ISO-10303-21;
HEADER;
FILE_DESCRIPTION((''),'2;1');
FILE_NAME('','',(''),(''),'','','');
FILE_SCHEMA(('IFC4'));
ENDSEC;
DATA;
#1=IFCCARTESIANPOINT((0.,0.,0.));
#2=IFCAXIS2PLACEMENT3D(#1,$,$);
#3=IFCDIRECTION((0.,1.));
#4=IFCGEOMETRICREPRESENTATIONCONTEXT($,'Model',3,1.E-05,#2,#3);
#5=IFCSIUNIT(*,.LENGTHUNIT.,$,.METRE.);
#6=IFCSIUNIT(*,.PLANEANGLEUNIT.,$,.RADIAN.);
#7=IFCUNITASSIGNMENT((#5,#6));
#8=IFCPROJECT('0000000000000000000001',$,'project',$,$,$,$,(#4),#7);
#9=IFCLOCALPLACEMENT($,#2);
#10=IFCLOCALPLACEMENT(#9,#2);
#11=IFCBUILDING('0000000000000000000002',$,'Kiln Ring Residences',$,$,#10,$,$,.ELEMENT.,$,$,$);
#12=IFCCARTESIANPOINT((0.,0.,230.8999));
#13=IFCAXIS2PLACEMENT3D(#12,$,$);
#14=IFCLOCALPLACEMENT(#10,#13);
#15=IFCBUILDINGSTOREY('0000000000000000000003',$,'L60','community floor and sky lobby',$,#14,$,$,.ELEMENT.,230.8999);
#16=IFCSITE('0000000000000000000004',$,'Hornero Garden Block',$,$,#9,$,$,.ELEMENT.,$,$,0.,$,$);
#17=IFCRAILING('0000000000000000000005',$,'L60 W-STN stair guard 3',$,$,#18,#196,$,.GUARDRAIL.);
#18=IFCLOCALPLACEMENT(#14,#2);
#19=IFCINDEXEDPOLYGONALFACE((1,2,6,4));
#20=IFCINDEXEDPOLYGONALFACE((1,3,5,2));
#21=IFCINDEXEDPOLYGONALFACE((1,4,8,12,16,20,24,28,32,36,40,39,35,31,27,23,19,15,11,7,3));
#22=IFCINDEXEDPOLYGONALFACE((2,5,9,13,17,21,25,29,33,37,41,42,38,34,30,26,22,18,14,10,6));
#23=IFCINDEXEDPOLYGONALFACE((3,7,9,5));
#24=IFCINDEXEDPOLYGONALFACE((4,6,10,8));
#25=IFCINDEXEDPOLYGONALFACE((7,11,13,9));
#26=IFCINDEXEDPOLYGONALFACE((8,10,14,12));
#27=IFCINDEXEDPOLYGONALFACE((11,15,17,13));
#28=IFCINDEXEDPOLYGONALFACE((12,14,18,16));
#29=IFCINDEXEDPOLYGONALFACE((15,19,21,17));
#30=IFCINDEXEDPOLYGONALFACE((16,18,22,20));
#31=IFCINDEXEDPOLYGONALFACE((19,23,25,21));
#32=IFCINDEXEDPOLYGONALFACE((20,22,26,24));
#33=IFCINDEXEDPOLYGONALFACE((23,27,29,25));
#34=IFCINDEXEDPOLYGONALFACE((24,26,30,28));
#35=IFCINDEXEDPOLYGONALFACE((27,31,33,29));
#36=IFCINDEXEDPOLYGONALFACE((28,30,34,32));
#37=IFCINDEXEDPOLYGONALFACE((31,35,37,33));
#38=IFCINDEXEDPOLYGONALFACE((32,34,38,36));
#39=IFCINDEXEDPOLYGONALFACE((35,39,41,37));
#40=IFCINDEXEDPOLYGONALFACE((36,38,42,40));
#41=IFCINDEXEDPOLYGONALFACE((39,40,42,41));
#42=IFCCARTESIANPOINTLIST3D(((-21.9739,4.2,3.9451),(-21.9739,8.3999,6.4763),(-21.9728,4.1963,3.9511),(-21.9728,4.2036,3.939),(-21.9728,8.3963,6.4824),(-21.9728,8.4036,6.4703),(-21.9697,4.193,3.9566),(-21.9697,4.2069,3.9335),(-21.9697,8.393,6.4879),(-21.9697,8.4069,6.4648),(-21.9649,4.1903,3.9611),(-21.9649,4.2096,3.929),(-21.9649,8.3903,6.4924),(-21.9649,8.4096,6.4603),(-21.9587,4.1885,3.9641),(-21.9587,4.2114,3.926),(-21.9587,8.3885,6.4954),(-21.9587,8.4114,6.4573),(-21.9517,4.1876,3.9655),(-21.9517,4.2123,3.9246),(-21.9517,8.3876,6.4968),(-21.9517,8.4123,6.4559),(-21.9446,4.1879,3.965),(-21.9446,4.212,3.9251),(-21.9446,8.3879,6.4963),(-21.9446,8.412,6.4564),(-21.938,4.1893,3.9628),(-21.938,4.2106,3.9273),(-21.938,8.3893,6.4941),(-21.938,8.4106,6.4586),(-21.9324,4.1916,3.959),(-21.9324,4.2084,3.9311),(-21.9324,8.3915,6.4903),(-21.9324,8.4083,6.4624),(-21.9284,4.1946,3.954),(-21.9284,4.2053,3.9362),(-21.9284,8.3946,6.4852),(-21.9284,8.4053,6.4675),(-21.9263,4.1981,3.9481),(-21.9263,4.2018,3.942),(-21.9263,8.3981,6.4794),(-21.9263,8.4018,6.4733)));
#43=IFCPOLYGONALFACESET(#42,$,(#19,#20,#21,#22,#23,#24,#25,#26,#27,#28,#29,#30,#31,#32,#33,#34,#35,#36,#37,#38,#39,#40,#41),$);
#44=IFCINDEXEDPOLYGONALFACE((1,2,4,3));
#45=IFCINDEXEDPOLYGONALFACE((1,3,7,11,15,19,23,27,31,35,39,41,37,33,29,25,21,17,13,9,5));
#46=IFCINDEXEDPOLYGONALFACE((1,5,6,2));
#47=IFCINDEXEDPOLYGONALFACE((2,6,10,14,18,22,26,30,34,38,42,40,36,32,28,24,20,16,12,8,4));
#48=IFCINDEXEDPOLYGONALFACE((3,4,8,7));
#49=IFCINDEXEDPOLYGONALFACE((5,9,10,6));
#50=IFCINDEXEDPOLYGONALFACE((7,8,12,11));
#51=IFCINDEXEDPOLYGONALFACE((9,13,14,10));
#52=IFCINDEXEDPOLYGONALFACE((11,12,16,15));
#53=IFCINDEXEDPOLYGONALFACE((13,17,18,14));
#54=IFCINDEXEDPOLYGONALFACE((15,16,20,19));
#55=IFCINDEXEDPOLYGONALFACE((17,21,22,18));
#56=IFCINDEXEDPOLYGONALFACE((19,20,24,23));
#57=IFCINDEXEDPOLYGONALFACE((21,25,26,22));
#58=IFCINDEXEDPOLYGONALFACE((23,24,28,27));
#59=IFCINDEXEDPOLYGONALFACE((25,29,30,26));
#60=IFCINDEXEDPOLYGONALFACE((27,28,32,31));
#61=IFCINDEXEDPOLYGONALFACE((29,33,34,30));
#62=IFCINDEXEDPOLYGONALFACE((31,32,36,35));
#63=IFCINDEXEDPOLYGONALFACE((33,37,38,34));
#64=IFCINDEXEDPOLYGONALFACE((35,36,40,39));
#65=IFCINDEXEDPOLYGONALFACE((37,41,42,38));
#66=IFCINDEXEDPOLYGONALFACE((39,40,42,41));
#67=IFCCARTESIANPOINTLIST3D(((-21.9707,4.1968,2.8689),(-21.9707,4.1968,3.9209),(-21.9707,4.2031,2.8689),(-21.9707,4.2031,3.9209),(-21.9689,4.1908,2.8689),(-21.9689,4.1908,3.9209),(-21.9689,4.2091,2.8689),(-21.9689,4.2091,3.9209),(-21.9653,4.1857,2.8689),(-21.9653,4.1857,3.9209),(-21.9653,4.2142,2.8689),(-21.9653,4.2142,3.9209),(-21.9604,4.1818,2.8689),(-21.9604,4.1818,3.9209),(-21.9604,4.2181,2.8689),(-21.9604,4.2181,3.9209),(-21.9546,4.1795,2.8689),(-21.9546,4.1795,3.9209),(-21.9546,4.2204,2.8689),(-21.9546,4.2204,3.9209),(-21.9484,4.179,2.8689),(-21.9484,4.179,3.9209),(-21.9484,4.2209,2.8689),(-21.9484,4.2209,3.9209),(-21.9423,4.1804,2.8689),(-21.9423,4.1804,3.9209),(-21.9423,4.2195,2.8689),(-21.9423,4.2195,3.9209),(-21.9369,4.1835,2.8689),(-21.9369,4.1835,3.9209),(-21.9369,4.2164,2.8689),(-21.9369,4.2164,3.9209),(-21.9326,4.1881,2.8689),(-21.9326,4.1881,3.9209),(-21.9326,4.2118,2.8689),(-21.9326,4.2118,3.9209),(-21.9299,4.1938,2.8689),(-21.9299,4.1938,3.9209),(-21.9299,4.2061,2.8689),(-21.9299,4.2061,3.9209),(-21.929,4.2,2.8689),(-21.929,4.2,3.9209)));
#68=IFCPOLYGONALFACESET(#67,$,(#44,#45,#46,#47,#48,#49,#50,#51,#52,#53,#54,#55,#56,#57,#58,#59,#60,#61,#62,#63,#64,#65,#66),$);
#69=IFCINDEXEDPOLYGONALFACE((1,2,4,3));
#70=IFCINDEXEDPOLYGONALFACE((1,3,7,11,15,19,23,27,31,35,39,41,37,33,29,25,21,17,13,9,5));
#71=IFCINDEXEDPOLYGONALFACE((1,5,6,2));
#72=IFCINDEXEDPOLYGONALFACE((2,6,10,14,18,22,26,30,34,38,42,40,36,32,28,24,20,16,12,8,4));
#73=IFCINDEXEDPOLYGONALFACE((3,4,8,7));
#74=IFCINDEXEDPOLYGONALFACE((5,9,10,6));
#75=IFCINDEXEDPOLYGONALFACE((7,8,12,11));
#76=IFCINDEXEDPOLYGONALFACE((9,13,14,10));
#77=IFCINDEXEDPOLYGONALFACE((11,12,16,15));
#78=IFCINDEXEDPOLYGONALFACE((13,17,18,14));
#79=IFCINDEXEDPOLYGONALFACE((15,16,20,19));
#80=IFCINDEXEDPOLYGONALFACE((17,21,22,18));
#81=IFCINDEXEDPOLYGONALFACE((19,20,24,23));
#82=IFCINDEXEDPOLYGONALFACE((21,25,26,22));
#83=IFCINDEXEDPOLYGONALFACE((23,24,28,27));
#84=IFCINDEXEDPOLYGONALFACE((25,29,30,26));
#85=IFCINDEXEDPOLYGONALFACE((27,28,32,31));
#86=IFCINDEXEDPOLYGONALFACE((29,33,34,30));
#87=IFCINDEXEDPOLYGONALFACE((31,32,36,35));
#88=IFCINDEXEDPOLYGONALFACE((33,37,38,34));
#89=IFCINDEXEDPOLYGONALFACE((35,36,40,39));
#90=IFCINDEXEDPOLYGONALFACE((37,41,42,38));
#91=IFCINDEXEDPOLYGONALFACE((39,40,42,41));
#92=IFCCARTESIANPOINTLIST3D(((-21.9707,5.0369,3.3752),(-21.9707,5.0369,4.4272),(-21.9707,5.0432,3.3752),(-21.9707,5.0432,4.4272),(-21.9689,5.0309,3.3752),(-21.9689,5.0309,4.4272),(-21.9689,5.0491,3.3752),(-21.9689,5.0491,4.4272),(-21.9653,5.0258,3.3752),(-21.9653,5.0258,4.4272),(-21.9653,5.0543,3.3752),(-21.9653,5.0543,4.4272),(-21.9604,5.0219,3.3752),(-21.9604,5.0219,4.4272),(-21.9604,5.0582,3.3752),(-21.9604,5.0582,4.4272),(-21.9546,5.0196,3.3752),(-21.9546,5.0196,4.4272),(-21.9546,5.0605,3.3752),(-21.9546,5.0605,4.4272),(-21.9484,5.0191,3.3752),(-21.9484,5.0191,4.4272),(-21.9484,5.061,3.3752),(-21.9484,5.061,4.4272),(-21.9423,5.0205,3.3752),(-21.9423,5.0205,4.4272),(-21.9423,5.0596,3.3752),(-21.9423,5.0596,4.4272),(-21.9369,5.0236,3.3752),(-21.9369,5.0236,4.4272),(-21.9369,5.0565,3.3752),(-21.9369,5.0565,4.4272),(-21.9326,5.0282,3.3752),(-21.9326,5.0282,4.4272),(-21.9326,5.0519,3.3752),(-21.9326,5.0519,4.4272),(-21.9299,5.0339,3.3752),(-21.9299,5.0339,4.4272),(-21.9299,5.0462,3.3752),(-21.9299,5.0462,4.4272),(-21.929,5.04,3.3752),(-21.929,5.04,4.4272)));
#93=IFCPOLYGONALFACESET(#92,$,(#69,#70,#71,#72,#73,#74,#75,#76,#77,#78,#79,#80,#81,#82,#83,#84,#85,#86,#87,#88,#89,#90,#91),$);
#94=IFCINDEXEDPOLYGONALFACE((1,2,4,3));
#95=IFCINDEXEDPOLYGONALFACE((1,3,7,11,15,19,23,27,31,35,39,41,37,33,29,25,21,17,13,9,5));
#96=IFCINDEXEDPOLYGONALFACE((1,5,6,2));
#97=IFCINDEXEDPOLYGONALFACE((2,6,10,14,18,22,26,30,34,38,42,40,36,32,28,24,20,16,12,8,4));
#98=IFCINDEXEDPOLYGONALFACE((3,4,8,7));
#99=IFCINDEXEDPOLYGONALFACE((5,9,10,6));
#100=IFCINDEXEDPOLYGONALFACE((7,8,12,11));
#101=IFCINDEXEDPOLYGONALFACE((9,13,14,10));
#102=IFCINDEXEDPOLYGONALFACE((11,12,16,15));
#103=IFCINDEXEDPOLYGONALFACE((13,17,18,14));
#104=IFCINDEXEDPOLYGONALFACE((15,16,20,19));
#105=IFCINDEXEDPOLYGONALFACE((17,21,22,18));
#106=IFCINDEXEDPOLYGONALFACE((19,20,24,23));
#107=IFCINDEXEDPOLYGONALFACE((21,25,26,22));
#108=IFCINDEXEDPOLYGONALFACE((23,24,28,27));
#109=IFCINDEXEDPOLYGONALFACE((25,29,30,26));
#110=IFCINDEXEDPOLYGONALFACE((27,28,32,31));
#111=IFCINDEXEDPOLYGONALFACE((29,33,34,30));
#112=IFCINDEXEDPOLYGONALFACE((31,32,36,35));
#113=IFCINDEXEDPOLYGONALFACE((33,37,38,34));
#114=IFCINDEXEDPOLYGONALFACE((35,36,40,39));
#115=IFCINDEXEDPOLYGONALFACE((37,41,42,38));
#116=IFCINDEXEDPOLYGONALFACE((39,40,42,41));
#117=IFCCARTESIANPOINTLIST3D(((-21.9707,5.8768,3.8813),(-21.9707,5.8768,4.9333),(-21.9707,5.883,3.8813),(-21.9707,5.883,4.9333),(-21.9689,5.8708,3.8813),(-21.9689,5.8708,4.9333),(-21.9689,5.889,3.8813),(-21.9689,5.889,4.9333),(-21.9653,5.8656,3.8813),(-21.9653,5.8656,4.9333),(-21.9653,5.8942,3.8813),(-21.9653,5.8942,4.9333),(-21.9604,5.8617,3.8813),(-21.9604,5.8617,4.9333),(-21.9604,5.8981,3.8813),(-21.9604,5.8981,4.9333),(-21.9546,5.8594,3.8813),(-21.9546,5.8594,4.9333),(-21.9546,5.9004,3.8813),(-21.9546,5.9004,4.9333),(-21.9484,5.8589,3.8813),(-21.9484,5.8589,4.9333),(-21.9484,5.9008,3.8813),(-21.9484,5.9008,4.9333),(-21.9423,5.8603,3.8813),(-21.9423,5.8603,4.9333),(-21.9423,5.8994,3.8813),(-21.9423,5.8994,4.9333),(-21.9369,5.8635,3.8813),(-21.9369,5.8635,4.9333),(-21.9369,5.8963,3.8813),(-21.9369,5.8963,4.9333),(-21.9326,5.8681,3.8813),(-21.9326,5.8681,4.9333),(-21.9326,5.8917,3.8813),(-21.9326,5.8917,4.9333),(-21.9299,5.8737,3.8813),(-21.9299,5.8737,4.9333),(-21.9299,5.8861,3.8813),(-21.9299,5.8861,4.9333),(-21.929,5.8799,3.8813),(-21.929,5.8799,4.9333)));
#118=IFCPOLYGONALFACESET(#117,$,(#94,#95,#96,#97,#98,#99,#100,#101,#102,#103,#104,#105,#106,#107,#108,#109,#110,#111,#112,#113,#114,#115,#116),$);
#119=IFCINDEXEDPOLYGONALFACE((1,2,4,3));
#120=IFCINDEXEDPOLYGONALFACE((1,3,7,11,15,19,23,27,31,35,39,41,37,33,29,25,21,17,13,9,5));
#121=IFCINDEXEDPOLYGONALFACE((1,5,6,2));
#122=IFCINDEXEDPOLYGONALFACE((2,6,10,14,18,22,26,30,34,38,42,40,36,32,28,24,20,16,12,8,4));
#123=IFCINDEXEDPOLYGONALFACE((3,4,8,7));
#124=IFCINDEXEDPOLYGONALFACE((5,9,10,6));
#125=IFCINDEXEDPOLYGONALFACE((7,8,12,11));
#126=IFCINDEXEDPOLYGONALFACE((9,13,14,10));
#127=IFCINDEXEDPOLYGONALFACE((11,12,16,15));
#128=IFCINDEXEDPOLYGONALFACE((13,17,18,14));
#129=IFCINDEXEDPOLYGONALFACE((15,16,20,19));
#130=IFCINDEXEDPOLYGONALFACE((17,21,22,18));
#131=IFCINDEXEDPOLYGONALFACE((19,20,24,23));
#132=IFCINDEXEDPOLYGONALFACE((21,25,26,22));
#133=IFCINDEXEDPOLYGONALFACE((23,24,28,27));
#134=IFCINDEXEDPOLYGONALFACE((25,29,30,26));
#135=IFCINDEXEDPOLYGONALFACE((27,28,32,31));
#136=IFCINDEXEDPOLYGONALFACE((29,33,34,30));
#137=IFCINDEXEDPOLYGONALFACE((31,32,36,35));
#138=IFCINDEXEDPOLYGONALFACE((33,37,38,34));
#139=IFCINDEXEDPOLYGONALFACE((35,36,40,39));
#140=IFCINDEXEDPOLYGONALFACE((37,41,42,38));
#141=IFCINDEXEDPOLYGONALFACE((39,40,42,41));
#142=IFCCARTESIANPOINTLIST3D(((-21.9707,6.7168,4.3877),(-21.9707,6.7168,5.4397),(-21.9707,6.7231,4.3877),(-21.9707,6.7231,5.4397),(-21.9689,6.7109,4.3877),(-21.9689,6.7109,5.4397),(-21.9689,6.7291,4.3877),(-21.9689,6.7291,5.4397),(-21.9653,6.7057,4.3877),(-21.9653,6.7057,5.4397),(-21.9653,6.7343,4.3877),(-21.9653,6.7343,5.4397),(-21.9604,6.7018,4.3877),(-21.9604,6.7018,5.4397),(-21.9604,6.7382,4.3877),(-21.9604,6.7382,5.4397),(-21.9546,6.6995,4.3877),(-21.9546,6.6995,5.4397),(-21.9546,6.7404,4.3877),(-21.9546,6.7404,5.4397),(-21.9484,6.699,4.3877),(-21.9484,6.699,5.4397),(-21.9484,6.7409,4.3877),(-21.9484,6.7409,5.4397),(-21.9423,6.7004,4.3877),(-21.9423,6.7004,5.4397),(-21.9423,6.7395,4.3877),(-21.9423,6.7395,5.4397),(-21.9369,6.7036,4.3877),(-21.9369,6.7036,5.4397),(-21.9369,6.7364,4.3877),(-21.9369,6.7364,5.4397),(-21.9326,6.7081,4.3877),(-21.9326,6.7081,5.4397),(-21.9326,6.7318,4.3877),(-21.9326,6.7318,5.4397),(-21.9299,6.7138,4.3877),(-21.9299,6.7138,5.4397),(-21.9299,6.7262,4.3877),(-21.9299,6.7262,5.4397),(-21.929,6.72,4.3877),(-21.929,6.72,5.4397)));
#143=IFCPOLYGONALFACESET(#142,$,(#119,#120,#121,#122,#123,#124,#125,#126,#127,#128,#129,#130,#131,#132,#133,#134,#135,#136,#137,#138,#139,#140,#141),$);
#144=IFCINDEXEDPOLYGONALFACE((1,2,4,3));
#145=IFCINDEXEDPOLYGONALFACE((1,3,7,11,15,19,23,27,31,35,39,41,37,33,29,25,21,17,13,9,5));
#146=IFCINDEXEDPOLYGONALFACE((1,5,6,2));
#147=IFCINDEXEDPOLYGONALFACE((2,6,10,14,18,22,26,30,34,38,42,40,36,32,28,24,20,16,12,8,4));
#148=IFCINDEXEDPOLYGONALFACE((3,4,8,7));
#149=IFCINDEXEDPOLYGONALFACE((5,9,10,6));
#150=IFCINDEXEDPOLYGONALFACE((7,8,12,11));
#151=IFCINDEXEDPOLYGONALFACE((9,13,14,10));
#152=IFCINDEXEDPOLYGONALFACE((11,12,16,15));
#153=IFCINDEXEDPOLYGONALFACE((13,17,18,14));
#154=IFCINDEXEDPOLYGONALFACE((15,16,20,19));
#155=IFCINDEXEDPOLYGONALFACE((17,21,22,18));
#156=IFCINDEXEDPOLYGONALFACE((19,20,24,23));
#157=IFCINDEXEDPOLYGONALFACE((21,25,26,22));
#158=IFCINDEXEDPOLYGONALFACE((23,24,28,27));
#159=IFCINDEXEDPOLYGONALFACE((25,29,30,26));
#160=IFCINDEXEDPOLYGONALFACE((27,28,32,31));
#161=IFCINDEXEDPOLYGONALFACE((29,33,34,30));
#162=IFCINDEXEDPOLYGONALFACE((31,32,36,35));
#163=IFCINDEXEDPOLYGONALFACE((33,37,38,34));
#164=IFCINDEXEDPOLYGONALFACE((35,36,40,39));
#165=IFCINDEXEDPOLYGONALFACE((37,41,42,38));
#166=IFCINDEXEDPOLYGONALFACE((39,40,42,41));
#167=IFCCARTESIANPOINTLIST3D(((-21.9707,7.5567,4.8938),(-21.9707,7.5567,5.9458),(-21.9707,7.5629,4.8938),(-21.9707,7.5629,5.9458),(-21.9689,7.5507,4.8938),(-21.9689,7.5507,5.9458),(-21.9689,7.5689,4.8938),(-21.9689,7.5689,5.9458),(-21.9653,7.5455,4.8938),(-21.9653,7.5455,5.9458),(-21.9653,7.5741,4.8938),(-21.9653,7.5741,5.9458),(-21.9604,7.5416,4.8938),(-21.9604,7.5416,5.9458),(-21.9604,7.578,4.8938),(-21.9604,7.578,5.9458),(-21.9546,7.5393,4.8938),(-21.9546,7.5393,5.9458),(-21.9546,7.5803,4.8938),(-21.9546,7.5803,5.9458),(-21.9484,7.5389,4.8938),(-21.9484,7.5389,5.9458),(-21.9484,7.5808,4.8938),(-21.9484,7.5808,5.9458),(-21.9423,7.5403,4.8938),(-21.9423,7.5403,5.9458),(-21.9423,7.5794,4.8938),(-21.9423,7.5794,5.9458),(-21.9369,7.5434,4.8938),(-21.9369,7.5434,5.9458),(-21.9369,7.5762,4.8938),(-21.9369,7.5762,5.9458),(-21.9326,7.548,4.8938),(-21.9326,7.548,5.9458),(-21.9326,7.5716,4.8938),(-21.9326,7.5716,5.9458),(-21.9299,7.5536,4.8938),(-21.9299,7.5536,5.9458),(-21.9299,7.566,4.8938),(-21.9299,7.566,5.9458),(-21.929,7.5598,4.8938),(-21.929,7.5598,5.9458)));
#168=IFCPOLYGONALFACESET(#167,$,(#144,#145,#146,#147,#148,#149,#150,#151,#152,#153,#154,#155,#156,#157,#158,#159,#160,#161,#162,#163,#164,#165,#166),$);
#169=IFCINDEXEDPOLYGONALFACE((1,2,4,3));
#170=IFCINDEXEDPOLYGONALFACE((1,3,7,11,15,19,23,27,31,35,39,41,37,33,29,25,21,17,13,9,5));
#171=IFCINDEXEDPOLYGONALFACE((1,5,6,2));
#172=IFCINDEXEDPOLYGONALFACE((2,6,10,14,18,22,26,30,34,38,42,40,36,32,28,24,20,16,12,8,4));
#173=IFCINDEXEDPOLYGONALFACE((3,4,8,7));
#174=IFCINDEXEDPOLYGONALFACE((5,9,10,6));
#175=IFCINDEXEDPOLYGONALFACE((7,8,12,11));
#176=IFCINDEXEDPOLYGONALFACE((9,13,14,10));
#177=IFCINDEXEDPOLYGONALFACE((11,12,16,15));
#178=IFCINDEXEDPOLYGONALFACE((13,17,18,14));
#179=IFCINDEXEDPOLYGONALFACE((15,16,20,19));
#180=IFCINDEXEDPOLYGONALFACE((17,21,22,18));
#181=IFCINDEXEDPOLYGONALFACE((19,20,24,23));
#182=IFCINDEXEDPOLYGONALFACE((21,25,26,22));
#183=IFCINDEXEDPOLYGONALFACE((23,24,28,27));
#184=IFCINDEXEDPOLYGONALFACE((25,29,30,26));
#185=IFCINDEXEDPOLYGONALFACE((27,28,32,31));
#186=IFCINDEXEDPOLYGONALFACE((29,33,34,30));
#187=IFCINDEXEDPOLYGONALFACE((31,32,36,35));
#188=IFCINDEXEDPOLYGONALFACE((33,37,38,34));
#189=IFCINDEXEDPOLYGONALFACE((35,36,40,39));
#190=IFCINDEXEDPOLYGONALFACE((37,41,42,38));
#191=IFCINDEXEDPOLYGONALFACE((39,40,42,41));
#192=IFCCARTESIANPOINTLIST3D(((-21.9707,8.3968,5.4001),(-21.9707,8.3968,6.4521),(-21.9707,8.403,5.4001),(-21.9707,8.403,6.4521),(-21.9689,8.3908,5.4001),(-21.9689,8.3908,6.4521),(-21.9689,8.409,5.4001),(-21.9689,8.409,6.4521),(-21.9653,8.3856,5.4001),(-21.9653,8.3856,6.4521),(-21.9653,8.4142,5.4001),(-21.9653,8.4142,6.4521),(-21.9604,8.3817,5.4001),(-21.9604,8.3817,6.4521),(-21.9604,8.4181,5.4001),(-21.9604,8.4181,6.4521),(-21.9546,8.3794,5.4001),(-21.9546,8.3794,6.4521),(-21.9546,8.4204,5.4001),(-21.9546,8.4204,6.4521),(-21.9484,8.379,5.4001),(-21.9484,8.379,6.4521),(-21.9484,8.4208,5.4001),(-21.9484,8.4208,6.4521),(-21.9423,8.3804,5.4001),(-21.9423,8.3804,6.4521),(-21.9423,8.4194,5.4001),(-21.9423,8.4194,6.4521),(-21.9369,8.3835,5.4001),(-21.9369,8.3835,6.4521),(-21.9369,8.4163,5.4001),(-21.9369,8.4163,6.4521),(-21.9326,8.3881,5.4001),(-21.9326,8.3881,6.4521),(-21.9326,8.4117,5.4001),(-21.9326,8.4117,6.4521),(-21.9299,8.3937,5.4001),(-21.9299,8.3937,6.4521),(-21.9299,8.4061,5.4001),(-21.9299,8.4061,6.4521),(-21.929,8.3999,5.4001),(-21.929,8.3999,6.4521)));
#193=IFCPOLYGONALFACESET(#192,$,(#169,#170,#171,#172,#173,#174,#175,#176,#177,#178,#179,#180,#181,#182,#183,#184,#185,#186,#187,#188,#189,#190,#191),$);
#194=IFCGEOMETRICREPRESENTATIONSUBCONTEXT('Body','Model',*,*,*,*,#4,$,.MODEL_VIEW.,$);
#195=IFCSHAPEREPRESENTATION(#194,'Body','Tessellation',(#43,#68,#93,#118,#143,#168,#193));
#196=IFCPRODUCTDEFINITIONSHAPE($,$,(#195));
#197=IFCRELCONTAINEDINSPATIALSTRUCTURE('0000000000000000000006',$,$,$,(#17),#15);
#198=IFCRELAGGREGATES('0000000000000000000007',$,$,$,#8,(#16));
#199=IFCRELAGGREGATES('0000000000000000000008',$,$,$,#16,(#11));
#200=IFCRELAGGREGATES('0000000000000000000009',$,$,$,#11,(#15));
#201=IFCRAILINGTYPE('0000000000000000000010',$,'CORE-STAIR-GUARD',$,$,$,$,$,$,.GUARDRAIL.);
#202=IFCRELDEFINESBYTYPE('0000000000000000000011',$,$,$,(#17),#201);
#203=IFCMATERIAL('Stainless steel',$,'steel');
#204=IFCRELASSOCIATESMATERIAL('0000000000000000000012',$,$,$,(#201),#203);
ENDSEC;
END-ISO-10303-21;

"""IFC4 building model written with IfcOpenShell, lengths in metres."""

from ifc_helpers import new_model, si_unit, direction, frame, origin, origin_2d, place, context, subcontext, project, spatial, circle, extrude, material, type_object, element, save


model = new_model("IFC4")

# Units and contexts
model_context = context("Model", 3, precision=1e-05, world=origin(), true_north=direction((0.0, 1.0)))
body_context = subcontext(model_context, "Body", "Model", "MODEL_VIEW")
ifc_project = project(units=[si_unit("LENGTHUNIT", "METRE"), si_unit("PLANEANGLEUNIT", "RADIAN")], contexts=[model_context])

# Site, building, storey
site_placement = place(None, origin())
site = spatial("IfcSite", under=ifc_project, at=site_placement, Name="Hornero Garden Block", CompositionType="ELEMENT", RefElevation=0.0)
building_placement = place(site_placement, origin())
building = spatial("IfcBuilding", under=site, at=building_placement, Name="Kiln Ring Residences", CompositionType="ELEMENT")
storey_placement = place(building_placement, frame((0.0, 0.0, 230.8999)))
storey = spatial("IfcBuildingStorey", under=building, at=storey_placement, Name="L60", Description="community floor and sky lobby", CompositionType="ELEMENT", Elevation=230.8999)

# Railing
ifc_material_1 = material(Name="Stainless steel", Category="steel")
railing_type_1 = type_object("IfcRailingType", Name="CORE-STAIR-GUARD", PredefinedType="GUARDRAIL", material=ifc_material_1)
railing_1_placement = place(storey_placement, frame((-21.95, 4.2, 2.8689)))
element("IfcRailing", 1, at=railing_1_placement, inside=storey, type_object=railing_type_1, Name="L60 W-STN stair guard 3", PredefinedType="GUARDRAIL", context=body_context, shape_type="SweptSolid", body=[
    extrude(circle(Radius=0.0239, at=origin_2d()), frame((0.0, 0.0, 1.0762), z_axis=(0.0, 0.856476, 0.516186), x_axis=(-1.0, 0.0, 0.0)), (0.0, 0.0, 1.0), 4.9038),
    extrude(circle(Radius=0.021, at=origin_2d()), origin(), (0.0, 0.0, 1.0), 1.052),
    extrude(circle(Radius=0.021, at=origin_2d()), frame((0.0, 0.8401, 0.5063)), (0.0, 0.0, 1.0), 1.052),
    extrude(circle(Radius=0.021, at=origin_2d()), frame((0.0, 1.6799, 1.0125)), (0.0, 0.0, 1.0), 1.052),
    extrude(circle(Radius=0.021, at=origin_2d()), frame((0.0, 2.52, 1.5188)), (0.0, 0.0, 1.0), 1.052),
    extrude(circle(Radius=0.021, at=origin_2d()), frame((0.0, 3.3599, 2.0249)), (0.0, 0.0, 1.0), 1.052),
    extrude(circle(Radius=0.021, at=origin_2d()), frame((0.0, 4.2, 2.5312)), (0.0, 0.0, 1.0), 1.052),
])

save(model, "model.ifc")
